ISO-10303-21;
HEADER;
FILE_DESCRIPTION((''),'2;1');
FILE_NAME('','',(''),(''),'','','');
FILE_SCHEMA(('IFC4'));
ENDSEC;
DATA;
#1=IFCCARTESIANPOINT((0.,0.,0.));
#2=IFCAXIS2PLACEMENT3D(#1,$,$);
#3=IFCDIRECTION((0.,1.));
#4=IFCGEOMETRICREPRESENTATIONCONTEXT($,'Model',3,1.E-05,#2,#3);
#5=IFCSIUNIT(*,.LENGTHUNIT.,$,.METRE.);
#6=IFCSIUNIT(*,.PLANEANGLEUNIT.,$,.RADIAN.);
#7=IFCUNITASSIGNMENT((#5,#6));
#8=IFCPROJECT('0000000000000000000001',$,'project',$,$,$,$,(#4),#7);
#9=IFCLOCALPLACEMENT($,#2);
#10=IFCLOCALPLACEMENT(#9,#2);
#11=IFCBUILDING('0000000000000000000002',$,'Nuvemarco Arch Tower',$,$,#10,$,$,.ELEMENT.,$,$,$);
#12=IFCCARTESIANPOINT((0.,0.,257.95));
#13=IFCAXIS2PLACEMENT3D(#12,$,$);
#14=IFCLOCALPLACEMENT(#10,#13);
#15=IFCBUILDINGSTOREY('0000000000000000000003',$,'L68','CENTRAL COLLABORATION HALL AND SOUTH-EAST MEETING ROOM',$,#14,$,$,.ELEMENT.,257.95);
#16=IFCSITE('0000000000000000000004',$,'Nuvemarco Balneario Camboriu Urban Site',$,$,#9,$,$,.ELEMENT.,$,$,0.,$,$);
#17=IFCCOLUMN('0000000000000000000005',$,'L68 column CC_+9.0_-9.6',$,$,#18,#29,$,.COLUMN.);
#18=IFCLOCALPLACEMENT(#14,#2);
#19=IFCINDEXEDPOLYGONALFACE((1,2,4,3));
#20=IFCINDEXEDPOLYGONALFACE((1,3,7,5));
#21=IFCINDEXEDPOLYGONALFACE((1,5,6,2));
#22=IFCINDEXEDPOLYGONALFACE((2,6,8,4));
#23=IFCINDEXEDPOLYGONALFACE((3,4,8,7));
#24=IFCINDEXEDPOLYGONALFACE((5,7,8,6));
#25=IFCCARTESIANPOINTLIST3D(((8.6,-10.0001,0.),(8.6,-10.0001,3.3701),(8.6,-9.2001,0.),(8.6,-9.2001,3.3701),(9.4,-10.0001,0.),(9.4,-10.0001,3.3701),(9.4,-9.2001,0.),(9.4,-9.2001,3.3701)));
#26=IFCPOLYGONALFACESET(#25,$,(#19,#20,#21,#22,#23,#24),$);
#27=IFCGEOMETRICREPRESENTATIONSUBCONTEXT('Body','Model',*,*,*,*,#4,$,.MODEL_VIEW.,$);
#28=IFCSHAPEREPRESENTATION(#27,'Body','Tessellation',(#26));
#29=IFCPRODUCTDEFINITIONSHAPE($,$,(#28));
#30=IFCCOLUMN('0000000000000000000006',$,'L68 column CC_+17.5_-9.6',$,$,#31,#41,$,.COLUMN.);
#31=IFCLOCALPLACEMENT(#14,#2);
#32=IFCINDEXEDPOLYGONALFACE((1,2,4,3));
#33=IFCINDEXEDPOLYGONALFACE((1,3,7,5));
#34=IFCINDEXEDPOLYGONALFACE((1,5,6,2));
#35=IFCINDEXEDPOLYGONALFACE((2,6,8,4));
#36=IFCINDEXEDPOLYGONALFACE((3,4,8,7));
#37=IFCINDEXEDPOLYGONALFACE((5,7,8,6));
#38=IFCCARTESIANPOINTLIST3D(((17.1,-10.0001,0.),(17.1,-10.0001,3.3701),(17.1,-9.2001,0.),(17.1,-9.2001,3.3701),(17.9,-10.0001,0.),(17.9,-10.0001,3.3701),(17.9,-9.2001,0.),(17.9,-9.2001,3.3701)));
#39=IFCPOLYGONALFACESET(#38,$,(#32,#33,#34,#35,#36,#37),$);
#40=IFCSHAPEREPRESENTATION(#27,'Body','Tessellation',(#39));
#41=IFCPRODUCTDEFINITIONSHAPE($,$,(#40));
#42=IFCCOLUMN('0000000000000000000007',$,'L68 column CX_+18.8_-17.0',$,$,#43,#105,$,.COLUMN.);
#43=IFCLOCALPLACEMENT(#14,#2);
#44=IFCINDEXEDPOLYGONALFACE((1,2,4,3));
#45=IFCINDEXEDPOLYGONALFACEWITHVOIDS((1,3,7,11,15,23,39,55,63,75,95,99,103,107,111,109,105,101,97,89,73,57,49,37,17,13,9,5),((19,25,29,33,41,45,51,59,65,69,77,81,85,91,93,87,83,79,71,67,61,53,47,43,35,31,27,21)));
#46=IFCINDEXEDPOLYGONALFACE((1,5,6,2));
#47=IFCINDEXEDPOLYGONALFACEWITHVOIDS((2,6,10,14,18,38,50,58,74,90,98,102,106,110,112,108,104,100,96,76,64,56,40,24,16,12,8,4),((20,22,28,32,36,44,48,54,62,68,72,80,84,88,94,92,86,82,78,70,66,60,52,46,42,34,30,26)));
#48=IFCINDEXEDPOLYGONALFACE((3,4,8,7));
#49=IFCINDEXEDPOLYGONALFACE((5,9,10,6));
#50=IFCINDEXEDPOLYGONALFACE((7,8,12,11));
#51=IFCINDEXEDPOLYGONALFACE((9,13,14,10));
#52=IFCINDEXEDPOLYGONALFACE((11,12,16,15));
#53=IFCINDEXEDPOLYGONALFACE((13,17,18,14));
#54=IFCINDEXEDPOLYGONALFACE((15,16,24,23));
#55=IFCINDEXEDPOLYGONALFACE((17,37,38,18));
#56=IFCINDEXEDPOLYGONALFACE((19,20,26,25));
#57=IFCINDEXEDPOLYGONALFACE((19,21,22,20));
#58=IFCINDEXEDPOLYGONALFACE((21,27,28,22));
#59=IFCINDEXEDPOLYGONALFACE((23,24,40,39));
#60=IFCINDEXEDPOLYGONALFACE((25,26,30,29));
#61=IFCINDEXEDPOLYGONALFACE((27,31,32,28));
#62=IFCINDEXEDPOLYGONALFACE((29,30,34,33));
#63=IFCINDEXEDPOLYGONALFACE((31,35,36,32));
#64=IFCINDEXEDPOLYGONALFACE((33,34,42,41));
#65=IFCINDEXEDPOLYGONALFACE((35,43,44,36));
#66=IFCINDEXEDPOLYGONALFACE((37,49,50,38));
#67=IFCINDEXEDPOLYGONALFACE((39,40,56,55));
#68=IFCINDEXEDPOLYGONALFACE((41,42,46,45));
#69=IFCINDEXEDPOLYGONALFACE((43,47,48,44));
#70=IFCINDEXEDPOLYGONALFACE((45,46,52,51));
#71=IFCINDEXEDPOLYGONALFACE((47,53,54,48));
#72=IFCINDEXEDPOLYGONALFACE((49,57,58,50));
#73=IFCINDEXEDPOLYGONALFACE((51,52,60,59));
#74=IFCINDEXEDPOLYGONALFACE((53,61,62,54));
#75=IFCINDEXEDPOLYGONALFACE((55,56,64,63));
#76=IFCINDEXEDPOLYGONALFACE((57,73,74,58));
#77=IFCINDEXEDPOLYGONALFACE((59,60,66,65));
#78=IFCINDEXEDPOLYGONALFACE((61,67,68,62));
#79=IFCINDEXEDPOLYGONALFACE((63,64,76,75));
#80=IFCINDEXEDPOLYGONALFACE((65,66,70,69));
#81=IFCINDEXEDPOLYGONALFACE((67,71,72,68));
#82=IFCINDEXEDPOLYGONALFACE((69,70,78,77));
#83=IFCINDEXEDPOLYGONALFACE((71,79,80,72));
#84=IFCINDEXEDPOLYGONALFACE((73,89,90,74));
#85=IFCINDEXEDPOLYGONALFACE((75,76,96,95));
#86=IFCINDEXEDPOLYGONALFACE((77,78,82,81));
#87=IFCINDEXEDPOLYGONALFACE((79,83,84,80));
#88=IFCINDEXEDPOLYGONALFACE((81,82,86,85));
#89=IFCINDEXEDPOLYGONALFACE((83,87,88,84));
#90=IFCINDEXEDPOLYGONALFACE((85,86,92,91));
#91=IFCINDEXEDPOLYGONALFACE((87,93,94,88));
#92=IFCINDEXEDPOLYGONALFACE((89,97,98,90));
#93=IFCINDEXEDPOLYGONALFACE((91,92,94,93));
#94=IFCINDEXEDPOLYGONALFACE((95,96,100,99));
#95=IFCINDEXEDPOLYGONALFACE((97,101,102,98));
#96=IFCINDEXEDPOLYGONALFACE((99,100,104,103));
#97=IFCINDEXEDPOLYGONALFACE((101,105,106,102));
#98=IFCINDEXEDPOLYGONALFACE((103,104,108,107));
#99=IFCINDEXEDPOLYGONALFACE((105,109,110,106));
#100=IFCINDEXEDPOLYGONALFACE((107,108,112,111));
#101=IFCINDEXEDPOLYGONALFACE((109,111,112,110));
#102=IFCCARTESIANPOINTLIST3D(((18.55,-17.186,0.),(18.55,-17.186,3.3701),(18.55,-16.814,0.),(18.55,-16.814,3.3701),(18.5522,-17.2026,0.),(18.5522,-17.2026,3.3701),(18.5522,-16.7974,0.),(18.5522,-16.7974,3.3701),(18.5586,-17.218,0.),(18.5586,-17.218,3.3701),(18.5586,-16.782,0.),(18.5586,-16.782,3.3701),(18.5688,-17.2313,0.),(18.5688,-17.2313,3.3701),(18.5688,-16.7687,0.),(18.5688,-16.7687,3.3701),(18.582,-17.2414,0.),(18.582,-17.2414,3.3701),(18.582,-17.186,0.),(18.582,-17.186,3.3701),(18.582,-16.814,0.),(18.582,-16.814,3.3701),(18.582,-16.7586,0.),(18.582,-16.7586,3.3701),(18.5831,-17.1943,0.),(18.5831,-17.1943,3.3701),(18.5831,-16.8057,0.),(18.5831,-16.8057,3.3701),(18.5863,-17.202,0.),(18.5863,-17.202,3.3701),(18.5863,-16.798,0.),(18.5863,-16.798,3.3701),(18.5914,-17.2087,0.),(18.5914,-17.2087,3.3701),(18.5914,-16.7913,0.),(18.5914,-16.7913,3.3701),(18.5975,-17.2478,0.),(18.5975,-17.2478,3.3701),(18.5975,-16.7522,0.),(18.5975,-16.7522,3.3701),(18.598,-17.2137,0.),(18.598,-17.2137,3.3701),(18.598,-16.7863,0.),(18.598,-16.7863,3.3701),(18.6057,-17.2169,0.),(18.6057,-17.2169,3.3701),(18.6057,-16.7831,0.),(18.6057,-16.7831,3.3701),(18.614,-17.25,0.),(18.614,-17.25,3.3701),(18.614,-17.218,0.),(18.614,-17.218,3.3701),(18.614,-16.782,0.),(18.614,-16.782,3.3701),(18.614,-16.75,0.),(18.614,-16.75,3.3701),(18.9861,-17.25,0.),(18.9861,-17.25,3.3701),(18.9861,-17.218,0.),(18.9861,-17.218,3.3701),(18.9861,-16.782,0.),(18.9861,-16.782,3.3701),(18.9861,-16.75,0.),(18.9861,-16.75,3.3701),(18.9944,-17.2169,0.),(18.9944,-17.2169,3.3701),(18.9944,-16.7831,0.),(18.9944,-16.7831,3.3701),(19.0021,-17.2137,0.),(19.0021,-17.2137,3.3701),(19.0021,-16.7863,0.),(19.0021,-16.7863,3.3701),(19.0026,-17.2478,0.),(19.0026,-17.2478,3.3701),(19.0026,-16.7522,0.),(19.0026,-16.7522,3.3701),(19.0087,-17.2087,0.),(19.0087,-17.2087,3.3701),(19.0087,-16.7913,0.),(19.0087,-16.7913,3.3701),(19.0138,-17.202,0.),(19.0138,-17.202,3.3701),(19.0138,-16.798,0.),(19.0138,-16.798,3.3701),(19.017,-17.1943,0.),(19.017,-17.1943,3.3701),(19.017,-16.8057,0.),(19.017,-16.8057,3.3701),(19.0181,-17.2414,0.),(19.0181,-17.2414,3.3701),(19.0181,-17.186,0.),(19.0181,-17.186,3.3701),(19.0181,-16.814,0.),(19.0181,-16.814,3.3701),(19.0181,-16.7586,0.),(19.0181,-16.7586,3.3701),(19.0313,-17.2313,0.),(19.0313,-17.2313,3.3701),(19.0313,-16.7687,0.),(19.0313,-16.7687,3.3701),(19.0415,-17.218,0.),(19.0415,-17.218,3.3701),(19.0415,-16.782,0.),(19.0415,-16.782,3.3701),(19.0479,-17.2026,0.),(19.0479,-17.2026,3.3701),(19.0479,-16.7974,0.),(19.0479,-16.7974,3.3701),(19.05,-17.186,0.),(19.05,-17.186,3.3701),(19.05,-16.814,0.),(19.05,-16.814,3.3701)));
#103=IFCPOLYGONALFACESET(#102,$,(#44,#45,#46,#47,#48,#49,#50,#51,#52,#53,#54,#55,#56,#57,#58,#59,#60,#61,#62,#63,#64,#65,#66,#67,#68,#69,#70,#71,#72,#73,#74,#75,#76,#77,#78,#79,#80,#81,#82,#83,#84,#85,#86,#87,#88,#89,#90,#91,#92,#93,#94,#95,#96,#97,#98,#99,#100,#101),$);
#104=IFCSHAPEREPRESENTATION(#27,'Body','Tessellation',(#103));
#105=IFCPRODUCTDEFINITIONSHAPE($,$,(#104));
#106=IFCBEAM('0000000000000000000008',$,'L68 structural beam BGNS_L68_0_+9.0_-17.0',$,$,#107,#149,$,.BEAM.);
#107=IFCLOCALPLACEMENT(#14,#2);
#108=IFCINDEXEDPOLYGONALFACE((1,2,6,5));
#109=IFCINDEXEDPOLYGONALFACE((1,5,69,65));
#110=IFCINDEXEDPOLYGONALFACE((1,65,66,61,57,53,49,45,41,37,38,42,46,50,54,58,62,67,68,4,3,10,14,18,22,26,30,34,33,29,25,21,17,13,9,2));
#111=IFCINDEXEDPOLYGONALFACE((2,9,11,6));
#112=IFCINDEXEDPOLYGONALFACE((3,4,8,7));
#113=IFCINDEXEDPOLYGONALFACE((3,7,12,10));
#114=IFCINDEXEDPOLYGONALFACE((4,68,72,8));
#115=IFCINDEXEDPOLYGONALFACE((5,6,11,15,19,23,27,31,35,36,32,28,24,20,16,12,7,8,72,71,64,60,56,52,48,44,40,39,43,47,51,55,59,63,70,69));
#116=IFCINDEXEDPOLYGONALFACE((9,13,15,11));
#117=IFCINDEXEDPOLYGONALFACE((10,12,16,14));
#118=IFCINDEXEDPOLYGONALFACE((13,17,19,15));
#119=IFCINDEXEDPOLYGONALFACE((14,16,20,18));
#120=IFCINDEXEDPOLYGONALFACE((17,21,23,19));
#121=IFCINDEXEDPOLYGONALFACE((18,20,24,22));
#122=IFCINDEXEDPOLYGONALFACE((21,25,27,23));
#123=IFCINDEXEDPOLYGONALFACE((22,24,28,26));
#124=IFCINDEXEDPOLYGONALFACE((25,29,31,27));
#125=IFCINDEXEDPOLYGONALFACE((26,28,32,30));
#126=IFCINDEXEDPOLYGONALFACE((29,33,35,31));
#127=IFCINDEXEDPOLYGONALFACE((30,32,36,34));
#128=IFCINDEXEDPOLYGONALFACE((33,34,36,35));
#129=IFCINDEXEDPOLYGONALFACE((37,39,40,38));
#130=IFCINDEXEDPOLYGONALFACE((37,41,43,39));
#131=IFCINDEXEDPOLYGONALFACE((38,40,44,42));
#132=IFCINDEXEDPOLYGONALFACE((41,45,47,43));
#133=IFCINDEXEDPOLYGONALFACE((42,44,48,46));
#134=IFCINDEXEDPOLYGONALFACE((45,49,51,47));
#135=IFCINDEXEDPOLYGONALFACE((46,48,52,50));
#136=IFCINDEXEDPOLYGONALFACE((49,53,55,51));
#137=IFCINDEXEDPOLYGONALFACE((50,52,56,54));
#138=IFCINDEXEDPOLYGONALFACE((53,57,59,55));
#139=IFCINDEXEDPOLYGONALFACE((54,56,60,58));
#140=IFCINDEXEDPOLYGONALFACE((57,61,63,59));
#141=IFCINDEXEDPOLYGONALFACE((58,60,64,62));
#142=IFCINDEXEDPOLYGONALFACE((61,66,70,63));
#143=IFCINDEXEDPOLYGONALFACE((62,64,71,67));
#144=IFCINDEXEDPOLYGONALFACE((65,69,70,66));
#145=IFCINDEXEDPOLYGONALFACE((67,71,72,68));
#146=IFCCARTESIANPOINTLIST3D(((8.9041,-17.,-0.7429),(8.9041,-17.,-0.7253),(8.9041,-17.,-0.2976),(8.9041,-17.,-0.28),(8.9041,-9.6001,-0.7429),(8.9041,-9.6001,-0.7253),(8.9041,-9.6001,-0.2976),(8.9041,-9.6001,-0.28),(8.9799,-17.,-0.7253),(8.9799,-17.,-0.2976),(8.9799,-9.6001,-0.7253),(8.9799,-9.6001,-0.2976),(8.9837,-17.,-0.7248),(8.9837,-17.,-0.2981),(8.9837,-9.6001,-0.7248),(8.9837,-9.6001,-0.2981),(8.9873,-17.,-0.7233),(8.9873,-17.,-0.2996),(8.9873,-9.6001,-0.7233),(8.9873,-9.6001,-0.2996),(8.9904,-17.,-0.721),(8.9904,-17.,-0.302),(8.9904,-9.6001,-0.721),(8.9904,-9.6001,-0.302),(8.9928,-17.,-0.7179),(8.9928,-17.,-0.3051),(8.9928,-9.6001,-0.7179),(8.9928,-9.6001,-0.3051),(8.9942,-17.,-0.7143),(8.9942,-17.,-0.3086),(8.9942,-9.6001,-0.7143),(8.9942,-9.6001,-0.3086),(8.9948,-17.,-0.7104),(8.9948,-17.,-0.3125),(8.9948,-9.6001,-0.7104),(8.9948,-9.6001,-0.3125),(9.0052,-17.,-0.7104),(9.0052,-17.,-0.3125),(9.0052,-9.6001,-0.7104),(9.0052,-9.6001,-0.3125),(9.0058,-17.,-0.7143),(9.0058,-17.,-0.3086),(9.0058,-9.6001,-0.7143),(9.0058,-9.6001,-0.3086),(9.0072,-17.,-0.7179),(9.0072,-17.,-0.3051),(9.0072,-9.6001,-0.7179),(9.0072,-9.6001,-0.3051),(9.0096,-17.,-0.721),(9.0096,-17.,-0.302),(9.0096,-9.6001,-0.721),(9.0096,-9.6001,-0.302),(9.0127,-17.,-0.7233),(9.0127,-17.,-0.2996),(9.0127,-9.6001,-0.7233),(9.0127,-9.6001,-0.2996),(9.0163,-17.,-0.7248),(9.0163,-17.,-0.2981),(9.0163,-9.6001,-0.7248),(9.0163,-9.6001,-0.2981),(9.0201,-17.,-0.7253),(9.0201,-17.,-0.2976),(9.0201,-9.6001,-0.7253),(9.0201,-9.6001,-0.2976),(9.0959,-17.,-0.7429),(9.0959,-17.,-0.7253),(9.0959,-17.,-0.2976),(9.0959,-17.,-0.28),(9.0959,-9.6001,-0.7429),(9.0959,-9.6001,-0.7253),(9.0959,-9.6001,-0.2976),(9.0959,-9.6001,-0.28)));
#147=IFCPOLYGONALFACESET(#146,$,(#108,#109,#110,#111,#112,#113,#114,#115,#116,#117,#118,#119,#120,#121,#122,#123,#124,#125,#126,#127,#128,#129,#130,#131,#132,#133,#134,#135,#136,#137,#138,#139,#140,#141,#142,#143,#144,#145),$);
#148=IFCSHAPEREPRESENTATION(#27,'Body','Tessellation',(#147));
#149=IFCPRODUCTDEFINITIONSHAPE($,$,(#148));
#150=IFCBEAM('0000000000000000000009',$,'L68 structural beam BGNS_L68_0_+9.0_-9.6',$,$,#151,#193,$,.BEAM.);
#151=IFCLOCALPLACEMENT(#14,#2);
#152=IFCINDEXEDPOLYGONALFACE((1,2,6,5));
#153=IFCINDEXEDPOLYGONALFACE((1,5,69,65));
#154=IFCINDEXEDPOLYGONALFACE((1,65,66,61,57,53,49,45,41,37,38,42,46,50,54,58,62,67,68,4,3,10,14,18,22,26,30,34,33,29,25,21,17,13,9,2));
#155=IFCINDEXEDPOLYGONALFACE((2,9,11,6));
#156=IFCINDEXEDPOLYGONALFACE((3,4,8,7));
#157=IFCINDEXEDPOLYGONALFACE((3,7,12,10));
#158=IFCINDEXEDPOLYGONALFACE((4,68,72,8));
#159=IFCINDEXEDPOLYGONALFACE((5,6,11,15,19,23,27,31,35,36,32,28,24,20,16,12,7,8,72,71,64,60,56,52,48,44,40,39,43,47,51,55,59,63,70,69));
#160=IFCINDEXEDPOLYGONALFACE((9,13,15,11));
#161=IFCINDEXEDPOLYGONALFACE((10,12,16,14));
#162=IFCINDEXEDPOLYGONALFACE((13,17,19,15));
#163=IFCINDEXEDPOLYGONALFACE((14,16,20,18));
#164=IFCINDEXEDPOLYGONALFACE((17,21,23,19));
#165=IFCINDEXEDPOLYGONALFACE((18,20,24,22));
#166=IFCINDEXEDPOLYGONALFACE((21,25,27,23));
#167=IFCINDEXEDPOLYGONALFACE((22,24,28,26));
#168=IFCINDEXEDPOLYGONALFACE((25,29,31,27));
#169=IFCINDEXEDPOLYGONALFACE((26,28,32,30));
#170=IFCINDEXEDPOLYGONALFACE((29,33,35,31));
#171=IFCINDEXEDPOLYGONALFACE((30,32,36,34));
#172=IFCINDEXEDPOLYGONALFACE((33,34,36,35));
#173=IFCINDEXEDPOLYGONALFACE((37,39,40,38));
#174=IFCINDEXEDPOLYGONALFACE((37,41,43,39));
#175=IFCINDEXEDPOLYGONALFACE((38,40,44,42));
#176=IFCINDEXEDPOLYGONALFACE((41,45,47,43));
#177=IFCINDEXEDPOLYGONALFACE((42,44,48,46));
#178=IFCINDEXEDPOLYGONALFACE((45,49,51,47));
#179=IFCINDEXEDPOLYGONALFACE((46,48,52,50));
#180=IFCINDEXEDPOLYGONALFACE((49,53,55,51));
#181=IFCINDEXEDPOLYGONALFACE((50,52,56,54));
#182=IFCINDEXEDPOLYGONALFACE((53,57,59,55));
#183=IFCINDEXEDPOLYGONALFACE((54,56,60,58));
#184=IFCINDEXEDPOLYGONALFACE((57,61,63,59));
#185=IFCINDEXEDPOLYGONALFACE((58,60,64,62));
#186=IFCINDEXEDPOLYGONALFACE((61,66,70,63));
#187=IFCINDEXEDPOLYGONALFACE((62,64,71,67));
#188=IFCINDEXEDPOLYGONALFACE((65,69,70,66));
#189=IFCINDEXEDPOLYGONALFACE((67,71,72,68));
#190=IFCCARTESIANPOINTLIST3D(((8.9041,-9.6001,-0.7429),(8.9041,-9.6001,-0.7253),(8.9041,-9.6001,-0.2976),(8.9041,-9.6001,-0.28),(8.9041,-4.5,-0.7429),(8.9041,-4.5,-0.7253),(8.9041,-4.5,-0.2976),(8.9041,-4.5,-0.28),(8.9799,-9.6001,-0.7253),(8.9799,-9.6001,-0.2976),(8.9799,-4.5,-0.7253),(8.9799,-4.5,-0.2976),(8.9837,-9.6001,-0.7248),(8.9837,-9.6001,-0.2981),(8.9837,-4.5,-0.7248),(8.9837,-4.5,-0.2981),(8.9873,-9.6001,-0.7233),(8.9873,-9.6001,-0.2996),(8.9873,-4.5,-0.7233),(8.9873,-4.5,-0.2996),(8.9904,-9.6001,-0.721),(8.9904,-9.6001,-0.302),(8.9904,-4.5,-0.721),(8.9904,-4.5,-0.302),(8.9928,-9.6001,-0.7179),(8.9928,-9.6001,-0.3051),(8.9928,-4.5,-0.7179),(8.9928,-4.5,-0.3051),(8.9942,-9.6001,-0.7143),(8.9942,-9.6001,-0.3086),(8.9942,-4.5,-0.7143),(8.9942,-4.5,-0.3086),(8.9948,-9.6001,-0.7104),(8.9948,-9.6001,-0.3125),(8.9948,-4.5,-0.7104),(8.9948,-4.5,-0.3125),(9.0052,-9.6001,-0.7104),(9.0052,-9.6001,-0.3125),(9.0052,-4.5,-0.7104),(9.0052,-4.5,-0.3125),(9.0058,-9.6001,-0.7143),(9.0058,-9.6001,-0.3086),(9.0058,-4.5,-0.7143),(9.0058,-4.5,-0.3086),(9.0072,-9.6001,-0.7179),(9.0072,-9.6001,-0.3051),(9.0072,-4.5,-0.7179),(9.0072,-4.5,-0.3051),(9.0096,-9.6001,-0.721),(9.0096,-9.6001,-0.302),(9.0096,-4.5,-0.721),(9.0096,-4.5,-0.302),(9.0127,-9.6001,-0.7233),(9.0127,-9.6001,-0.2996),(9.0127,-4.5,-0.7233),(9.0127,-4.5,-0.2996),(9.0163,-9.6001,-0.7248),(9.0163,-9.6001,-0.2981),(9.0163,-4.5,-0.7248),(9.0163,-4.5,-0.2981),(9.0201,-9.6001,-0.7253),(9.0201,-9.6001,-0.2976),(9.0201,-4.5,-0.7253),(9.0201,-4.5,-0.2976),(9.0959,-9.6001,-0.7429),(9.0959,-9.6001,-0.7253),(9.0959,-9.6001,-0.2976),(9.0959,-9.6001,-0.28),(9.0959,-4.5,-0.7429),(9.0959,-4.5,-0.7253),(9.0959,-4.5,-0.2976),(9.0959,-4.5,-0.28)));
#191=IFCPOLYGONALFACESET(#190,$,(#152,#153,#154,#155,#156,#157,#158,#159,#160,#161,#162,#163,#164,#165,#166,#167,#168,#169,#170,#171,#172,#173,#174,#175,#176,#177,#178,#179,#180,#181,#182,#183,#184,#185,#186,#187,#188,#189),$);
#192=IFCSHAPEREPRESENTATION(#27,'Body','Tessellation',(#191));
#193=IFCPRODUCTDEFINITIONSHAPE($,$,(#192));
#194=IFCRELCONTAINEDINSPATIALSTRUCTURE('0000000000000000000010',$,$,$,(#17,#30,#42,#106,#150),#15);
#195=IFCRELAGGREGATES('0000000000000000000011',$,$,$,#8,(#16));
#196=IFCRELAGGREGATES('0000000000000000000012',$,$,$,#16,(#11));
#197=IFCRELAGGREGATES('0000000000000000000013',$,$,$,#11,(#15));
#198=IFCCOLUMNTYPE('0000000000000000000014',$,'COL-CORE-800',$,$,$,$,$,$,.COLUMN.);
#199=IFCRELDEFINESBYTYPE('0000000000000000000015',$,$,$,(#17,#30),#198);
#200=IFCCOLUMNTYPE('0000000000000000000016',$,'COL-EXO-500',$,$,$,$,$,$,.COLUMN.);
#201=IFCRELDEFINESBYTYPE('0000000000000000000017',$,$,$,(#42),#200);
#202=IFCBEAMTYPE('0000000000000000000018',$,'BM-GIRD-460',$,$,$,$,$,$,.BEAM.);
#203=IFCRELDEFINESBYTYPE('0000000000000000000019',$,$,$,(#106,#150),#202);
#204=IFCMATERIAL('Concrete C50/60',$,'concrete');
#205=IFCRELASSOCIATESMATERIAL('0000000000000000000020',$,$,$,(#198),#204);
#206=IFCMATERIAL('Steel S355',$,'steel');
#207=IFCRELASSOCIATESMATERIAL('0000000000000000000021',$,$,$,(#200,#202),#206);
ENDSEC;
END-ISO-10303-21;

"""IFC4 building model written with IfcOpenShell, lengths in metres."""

from ifc_helpers import new_model, si_unit, direction, frame, origin, origin_2d, place, context, subcontext, project, spatial, rectangle, hollow_rectangle, i_section, extrude, material, material_profile, profile_set, type_object, element, save


model = new_model("IFC4")

# Units and contexts
model_context = context("Model", 3, precision=1e-05, world=origin(), true_north=direction((0.0, 1.0)))
body_context = subcontext(model_context, "Body", "Model", "MODEL_VIEW")
ifc_project = project(units=[si_unit("LENGTHUNIT", "METRE"), si_unit("PLANEANGLEUNIT", "RADIAN")], contexts=[model_context])

# Site, building, storey
site_placement = place(None, origin())
site = spatial("IfcSite", under=ifc_project, at=site_placement, Name="Nuvemarco Balneario Camboriu Urban Site", CompositionType="ELEMENT", RefElevation=0.0)
building_placement = place(site_placement, origin())
building = spatial("IfcBuilding", under=site, at=building_placement, Name="Nuvemarco Arch Tower", CompositionType="ELEMENT")
storey_placement = place(building_placement, frame((0.0, 0.0, 257.95)))
storey = spatial("IfcBuildingStorey", under=building, at=storey_placement, Name="L68", Description="CENTRAL COLLABORATION HALL AND SOUTH-EAST MEETING ROOM", CompositionType="ELEMENT", Elevation=257.95)

# Columns
ifc_material_1 = material(Name="Concrete C50/60", Category="concrete")
ifc_material_profile_1 = material_profile(ifc_material_1, rectangle(XDim=0.8, YDim=0.8, at=origin_2d()), Name="RC-COL-800x800")
ifc_profile_set_1 = profile_set([ifc_material_profile_1], Name="Concrete C50/60")
column_type_1 = type_object("IfcColumnType", Name="COL-CORE-800", PredefinedType="COLUMN", material=ifc_profile_set_1)
for number, where, z_axis, x_axis, name in (
    (1, (9.0, -9.6001, 0.0), (0.0, 0.0, 1.0), (1.0, 0.0, 0.0), "L68 column CC_+9.0_-9.6"),
    (2, (17.5, -9.6001, 0.0), (0.0, 0.0, 1.0), (1.0, 0.0, 0.0), "L68 column CC_+17.5_-9.6"),
):
    element("IfcColumn", number, at=place(storey_placement, frame(where, z_axis=z_axis, x_axis=x_axis)), inside=storey, type_object=column_type_1, Name=name, PredefinedType="COLUMN", context=body_context, shape_type="SweptSolid", body=[
        extrude(rectangle(XDim=0.8, YDim=0.8, at=origin_2d()), origin(), (0.0, 0.0, 1.0), 3.3701),
    ])
ifc_material_2 = material(Name="Steel S355", Category="steel")
ifc_material_profile_2 = material_profile(ifc_material_2, hollow_rectangle(XDim=0.5, YDim=0.5, WallThickness=0.032, InnerFilletRadius=0.032, OuterFilletRadius=0.064, at=origin_2d()), Name="SHS500x500x32")
ifc_profile_set_2 = profile_set([ifc_material_profile_2], Name="Steel S355")
column_type_2 = type_object("IfcColumnType", Name="COL-EXO-500", PredefinedType="COLUMN", material=ifc_profile_set_2)
column_placement = place(storey_placement, frame((18.8, -17.0, 0.0), z_axis=(0.0, 0.0, 1.0), x_axis=(1.0, 0.0, 0.0)))
element("IfcColumn", 3, at=column_placement, inside=storey, type_object=column_type_2, Name="L68 column CX_+18.8_-17.0", PredefinedType="COLUMN", context=body_context, shape_type="SweptSolid", body=[
    extrude(hollow_rectangle(XDim=0.5, YDim=0.5, WallThickness=0.032, InnerFilletRadius=0.032, OuterFilletRadius=0.064, at=origin_2d()), origin(), (0.0, 0.0, 1.0), 3.3701),
])

# Beams
ifc_material_profile_3 = material_profile(ifc_material_2, i_section(OverallWidth=0.1919, OverallDepth=0.4629, WebThickness=0.0105, FlangeThickness=0.0176, FilletRadius=0.0149, at=origin_2d()), Name="W460x89")
ifc_profile_set_3 = profile_set([ifc_material_profile_3], Name="Steel S355")
beam_type_1 = type_object("IfcBeamType", Name="BM-GIRD-460", PredefinedType="BEAM", material=ifc_profile_set_3)
beam_1_placement = place(storey_placement, frame((9.0, -17.0, -0.5115), z_axis=(0.0, 1.0, 0.0), x_axis=(-1.0, 0.0, 0.0)))
element("IfcBeam", 4, at=beam_1_placement, inside=storey, type_object=beam_type_1, Name="L68 structural beam BGNS_L68_0_+9.0_-17.0", PredefinedType="BEAM", context=body_context, shape_type="SweptSolid", body=[
    extrude(i_section(OverallWidth=0.1919, OverallDepth=0.4629, WebThickness=0.0105, FlangeThickness=0.0176, FilletRadius=0.0149, at=origin_2d()), origin(), (0.0, 0.0, 1.0), 7.3999),
])
beam_2_placement = place(storey_placement, frame((9.0, -9.6001, -0.5115), z_axis=(0.0, 1.0, 0.0), x_axis=(-1.0, 0.0, 0.0)))
element("IfcBeam", 5, at=beam_2_placement, inside=storey, type_object=beam_type_1, Name="L68 structural beam BGNS_L68_0_+9.0_-9.6", PredefinedType="BEAM", context=body_context, shape_type="SweptSolid", body=[
    extrude(i_section(OverallWidth=0.1919, OverallDepth=0.4629, WebThickness=0.0105, FlangeThickness=0.0176, FilletRadius=0.0149, at=origin_2d()), origin(), (0.0, 0.0, 1.0), 5.1001),
])

save(model, "model.ifc")
